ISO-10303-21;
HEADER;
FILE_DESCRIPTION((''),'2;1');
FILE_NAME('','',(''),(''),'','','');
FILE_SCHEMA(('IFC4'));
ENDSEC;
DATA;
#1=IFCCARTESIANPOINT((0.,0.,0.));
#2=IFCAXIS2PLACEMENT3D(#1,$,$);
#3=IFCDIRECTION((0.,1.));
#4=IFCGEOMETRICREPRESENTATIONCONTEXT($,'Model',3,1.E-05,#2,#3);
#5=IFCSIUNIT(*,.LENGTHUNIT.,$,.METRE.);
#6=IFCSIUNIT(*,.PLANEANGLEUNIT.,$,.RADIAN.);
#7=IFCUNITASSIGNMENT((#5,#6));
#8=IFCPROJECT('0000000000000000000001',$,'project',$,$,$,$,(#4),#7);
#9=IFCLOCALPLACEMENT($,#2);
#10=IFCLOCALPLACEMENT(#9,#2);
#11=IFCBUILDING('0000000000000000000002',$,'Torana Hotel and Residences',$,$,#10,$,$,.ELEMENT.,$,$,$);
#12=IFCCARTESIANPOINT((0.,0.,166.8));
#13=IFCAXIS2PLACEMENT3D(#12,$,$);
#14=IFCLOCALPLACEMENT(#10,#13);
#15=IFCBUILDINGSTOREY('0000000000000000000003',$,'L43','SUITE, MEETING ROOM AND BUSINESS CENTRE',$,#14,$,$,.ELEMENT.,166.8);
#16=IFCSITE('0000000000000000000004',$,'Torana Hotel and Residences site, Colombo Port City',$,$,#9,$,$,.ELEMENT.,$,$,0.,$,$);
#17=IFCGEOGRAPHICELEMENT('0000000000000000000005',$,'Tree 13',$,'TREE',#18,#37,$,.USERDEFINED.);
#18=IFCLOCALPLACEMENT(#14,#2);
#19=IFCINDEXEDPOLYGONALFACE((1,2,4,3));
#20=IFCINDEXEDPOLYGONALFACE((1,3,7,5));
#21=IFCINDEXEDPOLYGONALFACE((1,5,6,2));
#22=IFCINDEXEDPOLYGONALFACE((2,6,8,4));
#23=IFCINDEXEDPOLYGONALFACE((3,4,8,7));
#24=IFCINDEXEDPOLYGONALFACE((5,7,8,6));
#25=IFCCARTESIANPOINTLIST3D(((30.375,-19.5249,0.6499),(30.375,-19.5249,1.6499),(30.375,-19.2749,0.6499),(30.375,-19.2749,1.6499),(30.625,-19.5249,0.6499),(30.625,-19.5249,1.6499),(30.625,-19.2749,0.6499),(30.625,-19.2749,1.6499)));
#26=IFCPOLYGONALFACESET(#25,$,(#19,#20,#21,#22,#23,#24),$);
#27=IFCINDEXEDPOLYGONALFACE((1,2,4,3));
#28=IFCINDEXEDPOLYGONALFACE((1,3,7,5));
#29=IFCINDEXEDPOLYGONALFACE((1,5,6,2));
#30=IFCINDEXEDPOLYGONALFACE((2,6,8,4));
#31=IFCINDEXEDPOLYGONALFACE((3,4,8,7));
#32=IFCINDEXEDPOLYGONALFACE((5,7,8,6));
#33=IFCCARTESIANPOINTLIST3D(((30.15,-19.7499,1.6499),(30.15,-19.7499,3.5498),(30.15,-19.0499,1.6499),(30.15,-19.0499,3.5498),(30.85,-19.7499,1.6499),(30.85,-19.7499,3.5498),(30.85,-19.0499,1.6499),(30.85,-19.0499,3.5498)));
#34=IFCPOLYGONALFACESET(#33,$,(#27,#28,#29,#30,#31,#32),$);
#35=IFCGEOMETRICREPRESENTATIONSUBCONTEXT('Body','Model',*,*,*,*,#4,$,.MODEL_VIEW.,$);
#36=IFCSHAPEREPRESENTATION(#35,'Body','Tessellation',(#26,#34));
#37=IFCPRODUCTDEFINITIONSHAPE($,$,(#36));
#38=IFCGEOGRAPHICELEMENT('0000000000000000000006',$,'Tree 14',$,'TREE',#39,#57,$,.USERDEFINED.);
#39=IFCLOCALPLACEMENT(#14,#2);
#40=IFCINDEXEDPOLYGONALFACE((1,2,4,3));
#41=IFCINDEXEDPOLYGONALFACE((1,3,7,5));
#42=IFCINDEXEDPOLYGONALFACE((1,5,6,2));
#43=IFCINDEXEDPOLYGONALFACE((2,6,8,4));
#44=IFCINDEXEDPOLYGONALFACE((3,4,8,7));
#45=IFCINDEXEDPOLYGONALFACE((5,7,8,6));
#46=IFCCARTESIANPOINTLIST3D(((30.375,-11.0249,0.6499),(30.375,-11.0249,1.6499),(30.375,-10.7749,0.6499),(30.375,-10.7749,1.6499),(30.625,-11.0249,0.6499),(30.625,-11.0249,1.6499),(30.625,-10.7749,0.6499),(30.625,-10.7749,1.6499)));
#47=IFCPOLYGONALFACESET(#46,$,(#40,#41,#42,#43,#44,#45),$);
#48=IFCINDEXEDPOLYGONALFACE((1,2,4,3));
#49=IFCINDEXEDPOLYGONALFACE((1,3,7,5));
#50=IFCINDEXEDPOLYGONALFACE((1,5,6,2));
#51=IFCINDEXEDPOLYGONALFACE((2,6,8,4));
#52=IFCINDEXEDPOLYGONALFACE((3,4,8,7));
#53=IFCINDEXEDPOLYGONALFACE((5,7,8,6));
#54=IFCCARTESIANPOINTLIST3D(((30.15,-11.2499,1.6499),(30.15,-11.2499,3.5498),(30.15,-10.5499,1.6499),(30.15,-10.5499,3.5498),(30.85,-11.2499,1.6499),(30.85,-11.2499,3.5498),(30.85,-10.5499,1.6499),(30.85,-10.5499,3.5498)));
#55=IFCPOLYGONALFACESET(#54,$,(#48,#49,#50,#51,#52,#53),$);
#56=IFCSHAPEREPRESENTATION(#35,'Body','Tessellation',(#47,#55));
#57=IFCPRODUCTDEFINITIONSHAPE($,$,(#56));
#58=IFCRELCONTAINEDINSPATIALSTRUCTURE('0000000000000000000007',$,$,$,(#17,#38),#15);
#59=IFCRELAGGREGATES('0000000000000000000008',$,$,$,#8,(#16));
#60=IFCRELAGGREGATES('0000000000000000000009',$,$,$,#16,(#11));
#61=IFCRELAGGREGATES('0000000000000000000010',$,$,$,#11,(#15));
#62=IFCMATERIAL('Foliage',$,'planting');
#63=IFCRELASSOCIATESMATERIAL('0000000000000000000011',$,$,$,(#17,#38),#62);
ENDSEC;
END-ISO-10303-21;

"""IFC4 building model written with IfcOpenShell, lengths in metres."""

from ifc_helpers import new_model, si_unit, direction, frame, origin, origin_2d, place, context, subcontext, project, spatial, rectangle, extrude, material, element, save


model = new_model("IFC4")

# Units and contexts
model_context = context("Model", 3, precision=1e-05, world=origin(), true_north=direction((0.0, 1.0)))
body_context = subcontext(model_context, "Body", "Model", "MODEL_VIEW")
ifc_project = project(units=[si_unit("LENGTHUNIT", "METRE"), si_unit("PLANEANGLEUNIT", "RADIAN")], contexts=[model_context])

# Site, building, storey
site_placement = place(None, origin())
site = spatial("IfcSite", under=ifc_project, at=site_placement, Name="Torana Hotel and Residences site, Colombo Port City", CompositionType="ELEMENT", RefElevation=0.0)
building_placement = place(site_placement, origin())
building = spatial("IfcBuilding", under=site, at=building_placement, Name="Torana Hotel and Residences", CompositionType="ELEMENT")
storey_placement = place(building_placement, frame((0.0, 0.0, 166.8)))
storey = spatial("IfcBuildingStorey", under=building, at=storey_placement, Name="L43", Description="SUITE, MEETING ROOM AND BUSINESS CENTRE", CompositionType="ELEMENT", Elevation=166.8)

# Geographic elements
ifc_material_1 = material(Name="Foliage", Category="planting")
for number, where, z_axis, x_axis, name in (
    (1, (30.5, -19.3999, 0.6499), (0.0, 0.0, 1.0), (1.0, 0.0, 0.0), "Tree 13"),
    (2, (30.5, -10.8999, 0.6499), (0.0, 0.0, 1.0), (1.0, 0.0, 0.0), "Tree 14"),
):
    element("IfcGeographicElement", number, at=place(storey_placement, frame(where, z_axis=z_axis, x_axis=x_axis)), inside=storey, material=ifc_material_1, Name=name, ObjectType="TREE", PredefinedType="USERDEFINED", context=body_context, shape_type="SweptSolid", body=[
        extrude(rectangle(XDim=0.25, YDim=0.25, at=origin_2d()), origin(), (0.0, 0.0, 1.0), 1.0),
        extrude(rectangle(XDim=0.7, YDim=0.7, at=origin_2d()), frame((0.0, 0.0, 1.0)), (0.0, 0.0, 1.0), 1.8999),
    ])

save(model, "model.ifc")
